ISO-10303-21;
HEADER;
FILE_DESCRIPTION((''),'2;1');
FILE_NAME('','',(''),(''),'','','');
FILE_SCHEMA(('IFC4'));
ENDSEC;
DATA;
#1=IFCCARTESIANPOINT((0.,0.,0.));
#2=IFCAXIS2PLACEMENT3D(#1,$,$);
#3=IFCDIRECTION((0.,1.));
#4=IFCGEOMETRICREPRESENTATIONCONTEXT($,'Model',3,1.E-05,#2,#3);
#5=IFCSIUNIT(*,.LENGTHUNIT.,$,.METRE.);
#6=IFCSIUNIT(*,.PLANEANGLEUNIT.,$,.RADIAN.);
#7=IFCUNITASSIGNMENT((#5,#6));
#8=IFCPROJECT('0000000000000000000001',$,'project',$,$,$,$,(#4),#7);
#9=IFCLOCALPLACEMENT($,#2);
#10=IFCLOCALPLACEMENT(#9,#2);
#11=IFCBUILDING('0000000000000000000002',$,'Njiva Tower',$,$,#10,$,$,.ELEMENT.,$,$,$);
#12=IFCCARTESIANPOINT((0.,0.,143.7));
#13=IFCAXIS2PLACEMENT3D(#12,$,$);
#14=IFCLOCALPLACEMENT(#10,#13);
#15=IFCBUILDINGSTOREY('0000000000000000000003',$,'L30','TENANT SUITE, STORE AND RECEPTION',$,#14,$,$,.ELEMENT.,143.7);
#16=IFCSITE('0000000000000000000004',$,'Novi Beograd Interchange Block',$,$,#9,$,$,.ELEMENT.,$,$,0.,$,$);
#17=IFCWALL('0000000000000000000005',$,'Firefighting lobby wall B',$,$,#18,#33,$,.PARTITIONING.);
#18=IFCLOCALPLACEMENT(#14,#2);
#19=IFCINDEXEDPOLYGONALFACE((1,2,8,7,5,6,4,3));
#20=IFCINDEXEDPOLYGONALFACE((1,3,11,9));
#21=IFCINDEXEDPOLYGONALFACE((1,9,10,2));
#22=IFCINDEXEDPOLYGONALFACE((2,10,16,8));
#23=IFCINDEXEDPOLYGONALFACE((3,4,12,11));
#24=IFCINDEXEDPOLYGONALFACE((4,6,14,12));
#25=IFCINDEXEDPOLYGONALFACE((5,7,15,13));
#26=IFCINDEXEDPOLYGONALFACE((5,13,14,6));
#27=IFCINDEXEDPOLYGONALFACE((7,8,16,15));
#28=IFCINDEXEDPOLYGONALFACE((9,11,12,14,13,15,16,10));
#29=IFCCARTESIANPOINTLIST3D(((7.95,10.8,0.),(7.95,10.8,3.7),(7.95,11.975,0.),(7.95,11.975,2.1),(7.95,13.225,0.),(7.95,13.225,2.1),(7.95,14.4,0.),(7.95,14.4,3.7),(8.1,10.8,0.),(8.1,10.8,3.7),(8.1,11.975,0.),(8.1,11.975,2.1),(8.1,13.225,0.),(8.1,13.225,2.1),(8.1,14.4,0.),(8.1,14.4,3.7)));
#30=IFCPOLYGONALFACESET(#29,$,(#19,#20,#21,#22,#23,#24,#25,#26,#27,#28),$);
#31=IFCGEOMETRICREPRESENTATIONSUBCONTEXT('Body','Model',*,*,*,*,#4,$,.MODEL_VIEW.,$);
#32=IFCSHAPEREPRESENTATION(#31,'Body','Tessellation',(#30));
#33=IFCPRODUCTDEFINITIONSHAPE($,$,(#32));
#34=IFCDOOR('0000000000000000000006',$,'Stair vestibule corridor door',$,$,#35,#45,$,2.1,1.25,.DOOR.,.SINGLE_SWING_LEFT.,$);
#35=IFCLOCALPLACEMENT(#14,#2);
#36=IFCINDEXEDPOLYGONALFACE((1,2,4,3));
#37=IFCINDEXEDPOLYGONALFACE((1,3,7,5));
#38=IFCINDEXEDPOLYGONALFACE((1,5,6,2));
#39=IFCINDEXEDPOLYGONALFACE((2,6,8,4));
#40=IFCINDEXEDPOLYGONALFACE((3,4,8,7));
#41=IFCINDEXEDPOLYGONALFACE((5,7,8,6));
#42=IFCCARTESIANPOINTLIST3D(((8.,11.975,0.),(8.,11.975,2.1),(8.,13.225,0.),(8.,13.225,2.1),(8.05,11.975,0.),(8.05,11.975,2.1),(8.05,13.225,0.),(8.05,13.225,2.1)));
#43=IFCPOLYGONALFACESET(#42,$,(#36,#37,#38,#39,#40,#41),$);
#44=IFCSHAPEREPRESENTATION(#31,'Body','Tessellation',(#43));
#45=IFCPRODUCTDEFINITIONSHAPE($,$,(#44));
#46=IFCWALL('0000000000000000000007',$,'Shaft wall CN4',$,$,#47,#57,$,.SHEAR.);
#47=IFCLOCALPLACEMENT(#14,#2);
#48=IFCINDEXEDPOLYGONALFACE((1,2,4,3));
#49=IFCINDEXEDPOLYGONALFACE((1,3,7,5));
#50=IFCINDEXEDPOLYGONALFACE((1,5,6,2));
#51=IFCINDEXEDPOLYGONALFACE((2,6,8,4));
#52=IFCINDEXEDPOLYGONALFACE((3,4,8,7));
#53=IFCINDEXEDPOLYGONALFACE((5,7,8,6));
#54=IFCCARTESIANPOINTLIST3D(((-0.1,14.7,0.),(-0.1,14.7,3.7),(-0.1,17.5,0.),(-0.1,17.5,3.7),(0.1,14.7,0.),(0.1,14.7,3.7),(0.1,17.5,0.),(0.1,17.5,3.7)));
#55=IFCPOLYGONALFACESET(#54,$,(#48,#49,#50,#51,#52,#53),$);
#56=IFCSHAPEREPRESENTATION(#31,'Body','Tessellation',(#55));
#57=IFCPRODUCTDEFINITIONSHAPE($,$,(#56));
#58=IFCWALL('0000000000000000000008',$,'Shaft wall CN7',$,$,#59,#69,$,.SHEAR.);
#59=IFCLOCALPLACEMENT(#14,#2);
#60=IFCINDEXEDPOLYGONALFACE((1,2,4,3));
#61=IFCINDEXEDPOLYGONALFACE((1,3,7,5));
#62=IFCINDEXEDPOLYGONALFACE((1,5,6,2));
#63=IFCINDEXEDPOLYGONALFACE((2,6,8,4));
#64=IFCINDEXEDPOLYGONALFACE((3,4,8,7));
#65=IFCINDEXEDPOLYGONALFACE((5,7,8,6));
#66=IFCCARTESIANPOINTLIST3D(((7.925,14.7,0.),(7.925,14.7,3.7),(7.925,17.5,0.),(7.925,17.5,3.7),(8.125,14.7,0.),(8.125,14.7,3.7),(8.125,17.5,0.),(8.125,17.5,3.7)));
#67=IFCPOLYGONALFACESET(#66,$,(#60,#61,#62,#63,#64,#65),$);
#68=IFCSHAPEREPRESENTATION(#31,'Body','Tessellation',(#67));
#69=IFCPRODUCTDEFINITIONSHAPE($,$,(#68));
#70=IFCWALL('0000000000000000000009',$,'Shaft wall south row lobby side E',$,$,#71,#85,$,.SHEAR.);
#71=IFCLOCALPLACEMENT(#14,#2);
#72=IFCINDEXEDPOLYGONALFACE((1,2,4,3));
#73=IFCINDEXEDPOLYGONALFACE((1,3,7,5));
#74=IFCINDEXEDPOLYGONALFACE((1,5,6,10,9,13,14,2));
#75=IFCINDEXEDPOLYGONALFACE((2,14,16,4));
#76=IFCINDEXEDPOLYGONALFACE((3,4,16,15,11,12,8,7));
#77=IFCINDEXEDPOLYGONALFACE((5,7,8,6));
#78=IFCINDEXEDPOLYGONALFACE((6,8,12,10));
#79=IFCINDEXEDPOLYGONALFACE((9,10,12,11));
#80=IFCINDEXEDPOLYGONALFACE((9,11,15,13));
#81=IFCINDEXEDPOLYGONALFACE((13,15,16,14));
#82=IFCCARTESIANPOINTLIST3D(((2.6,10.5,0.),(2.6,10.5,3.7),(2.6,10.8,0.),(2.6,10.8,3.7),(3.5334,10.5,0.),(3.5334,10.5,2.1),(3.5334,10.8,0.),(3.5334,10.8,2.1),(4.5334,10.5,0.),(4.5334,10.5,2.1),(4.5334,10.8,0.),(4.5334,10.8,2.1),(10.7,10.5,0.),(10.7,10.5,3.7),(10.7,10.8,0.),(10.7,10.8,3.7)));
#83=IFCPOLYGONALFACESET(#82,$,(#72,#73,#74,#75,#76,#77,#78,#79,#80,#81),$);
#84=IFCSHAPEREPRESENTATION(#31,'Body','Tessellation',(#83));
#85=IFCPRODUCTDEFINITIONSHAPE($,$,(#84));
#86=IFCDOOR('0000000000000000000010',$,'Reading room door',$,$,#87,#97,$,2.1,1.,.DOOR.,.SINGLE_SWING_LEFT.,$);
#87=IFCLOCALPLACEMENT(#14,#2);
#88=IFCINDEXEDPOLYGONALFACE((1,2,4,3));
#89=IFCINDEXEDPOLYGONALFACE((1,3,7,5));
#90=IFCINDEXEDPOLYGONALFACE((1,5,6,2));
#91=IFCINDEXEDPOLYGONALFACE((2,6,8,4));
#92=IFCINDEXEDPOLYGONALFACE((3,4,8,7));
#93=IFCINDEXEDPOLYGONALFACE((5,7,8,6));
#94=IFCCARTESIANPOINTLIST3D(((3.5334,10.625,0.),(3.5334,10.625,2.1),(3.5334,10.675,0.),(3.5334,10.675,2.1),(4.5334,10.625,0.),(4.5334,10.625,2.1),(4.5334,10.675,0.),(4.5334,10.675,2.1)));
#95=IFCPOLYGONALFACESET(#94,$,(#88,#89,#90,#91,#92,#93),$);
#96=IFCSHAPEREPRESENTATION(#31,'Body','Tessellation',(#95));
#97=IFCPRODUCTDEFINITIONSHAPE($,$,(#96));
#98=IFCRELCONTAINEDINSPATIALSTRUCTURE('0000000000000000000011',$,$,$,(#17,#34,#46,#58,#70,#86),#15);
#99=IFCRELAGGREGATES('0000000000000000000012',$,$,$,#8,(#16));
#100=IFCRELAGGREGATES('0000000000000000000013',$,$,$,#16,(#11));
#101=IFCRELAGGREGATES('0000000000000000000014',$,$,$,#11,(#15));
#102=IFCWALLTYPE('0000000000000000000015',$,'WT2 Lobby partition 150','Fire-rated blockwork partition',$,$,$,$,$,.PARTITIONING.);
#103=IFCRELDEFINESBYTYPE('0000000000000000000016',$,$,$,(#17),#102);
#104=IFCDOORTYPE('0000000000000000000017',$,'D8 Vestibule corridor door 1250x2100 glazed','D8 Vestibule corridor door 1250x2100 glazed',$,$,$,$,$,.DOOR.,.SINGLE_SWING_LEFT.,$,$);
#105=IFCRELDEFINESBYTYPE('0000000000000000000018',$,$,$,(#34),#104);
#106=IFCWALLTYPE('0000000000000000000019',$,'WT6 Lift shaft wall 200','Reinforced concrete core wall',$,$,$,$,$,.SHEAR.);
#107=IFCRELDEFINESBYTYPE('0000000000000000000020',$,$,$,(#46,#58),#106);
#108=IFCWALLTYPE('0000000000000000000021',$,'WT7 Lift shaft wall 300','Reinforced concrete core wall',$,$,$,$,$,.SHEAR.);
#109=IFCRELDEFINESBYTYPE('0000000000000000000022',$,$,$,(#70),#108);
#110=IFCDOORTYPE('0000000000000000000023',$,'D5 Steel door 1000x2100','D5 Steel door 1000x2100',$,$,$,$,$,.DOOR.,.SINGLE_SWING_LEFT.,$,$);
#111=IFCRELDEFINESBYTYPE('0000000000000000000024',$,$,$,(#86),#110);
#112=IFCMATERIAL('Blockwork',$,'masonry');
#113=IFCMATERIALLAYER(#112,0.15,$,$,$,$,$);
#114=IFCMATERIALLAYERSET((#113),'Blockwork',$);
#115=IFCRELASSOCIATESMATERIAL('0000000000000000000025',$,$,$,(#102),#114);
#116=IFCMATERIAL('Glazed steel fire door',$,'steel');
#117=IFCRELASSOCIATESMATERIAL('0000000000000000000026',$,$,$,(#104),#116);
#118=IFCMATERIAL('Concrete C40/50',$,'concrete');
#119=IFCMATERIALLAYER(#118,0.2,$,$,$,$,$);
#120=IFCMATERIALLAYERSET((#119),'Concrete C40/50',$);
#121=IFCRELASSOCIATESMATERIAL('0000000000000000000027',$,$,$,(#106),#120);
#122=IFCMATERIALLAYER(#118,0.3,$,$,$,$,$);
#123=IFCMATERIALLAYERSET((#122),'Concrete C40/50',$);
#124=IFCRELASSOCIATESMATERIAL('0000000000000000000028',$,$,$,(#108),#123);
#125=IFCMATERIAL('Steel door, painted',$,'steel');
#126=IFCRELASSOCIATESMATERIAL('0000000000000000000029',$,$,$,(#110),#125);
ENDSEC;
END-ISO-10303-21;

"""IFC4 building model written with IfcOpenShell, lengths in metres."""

from ifc_helpers import new_model, si_unit, direction, frame, frame_2d, origin, place, context, subcontext, project, spatial, rectangle, extrude, material, layer, layer_set, type_object, element, fill, save


model = new_model("IFC4")

# Units and contexts
model_context = context("Model", 3, precision=1e-05, world=origin(), true_north=direction((0.0, 1.0)))
body_context = subcontext(model_context, "Body", "Model", "MODEL_VIEW")
ifc_project = project(units=[si_unit("LENGTHUNIT", "METRE"), si_unit("PLANEANGLEUNIT", "RADIAN")], contexts=[model_context])

# Site, building, storey
site_placement = place(None, origin())
site = spatial("IfcSite", under=ifc_project, at=site_placement, Name="Novi Beograd Interchange Block", CompositionType="ELEMENT", RefElevation=0.0)
building_placement = place(site_placement, origin())
building = spatial("IfcBuilding", under=site, at=building_placement, Name="Njiva Tower", CompositionType="ELEMENT")
storey_placement = place(building_placement, frame((0.0, 0.0, 143.7)))
storey = spatial("IfcBuildingStorey", under=building, at=storey_placement, Name="L30", Description="TENANT SUITE, STORE AND RECEPTION", CompositionType="ELEMENT", Elevation=143.7)

# Shared definitions
ifc_material_1 = material(Name="Blockwork", Category="masonry")

# Wall, opening, door
ifc_material_2 = material(Name="Concrete C40/50", Category="concrete")
ifc_material_3 = material(Name="Glazed steel fire door", Category="steel")
ifc_layer_1 = layer(ifc_material_1, 0.15)
ifc_layer_set_1 = layer_set([ifc_layer_1], Name="Blockwork")
wall_type_1 = type_object("IfcWallType", Name="WT2 Lobby partition 150", Description="Fire-rated blockwork partition", PredefinedType="PARTITIONING", material=ifc_layer_set_1)
wall_1_placement = place(storey_placement, frame((8.025, 10.8, 0.0), z_axis=(0.0, 0.0, 1.0), x_axis=(0.0, 1.0, 0.0)))
wall_1 = element("IfcWall", 1, at=wall_1_placement, inside=storey, type_object=wall_type_1, Name="Firefighting lobby wall B", PredefinedType="PARTITIONING", context=body_context, shape_type="SweptSolid", body=[
    extrude(rectangle(XDim=3.6, YDim=0.15, at=frame_2d((1.8, 0.0))), origin(), (0.0, 0.0, 1.0), 3.7),
])
opening_1_placement = place(wall_1_placement, frame((1.175, 0.0, 0.0)))
opening_1 = element("IfcOpeningElement", 2, at=opening_1_placement, cuts=wall_1, PredefinedType="OPENING", context=body_context, shape_type="SweptSolid", body=[
    extrude(rectangle(XDim=1.25, YDim=2.1, at=frame_2d((0.625, 1.05))), frame((0.0, 0.085, 0.0), z_axis=(0.0, -1.0, 0.0), x_axis=(1.0, 0.0, 0.0)), (0.0, 0.0, 1.0), 0.17),
])
door_type_1 = type_object("IfcDoorType", Name="D8 Vestibule corridor door 1250x2100 glazed", Description="D8 Vestibule corridor door 1250x2100 glazed", OperationType="SINGLE_SWING_LEFT", PredefinedType="DOOR", material=ifc_material_3)
door_1_placement = place(opening_1_placement, origin())
door_1 = element("IfcDoor", 3, at=door_1_placement, inside=storey, type_object=door_type_1, Name="Stair vestibule corridor door", OperationType="SINGLE_SWING_LEFT", OverallHeight=2.1, OverallWidth=1.25, PredefinedType="DOOR", context=body_context, shape_type="SweptSolid", body=[
    extrude(rectangle(XDim=1.25, YDim=2.1, at=frame_2d((0.625, 1.05))), frame((0.0, 0.025, 0.0), z_axis=(0.0, -1.0, 0.0), x_axis=(1.0, 0.0, 0.0)), (0.0, 0.0, 1.0), 0.05),
])
fill(opening_1, door_1)

# Walls
ifc_layer_2 = layer(ifc_material_2, 0.2)
ifc_layer_set_2 = layer_set([ifc_layer_2], Name="Concrete C40/50")
wall_type_2 = type_object("IfcWallType", Name="WT6 Lift shaft wall 200", Description="Reinforced concrete core wall", PredefinedType="SHEAR", material=ifc_layer_set_2)
for number, where, z_axis, x_axis, name in (
    (4, (0.0, 14.7, 0.0), (0.0, 0.0, 1.0), (0.0, 1.0, 0.0), "Shaft wall CN4"),
    (5, (8.025, 14.7, 0.0), (0.0, 0.0, 1.0), (0.0, 1.0, 0.0), "Shaft wall CN7"),
):
    element("IfcWall", number, at=place(storey_placement, frame(where, z_axis=z_axis, x_axis=x_axis)), inside=storey, type_object=wall_type_2, Name=name, PredefinedType="SHEAR", context=body_context, shape_type="SweptSolid", body=[
        extrude(rectangle(XDim=2.8, YDim=0.2, at=frame_2d((1.4, 0.0))), origin(), (0.0, 0.0, 1.0), 3.7),
    ])

# Wall, opening, door
ifc_layer_3 = layer(ifc_material_2, 0.3)
ifc_layer_set_3 = layer_set([ifc_layer_3], Name="Concrete C40/50")
wall_type_3 = type_object("IfcWallType", Name="WT7 Lift shaft wall 300", Description="Reinforced concrete core wall", PredefinedType="SHEAR", material=ifc_layer_set_3)
wall_2_placement = place(storey_placement, frame((2.6, 10.65, 0.0), z_axis=(0.0, 0.0, 1.0), x_axis=(1.0, 0.0, 0.0)))
wall_2 = element("IfcWall", 6, at=wall_2_placement, inside=storey, type_object=wall_type_3, Name="Shaft wall south row lobby side E", PredefinedType="SHEAR", context=body_context, shape_type="SweptSolid", body=[
    extrude(rectangle(XDim=8.1, YDim=0.3, at=frame_2d((4.05, 0.0))), origin(), (0.0, 0.0, 1.0), 3.7),
])
opening_2_placement = place(wall_2_placement, frame((0.9334, 0.0, 0.0)))
opening_2 = element("IfcOpeningElement", 7, at=opening_2_placement, cuts=wall_2, PredefinedType="OPENING", context=body_context, shape_type="SweptSolid", body=[
    extrude(rectangle(XDim=1.0, YDim=2.1, at=frame_2d((0.5, 1.05))), frame((0.0, 0.16, 0.0), z_axis=(0.0, -1.0, 0.0), x_axis=(1.0, 0.0, 0.0)), (0.0, 0.0, 1.0), 0.32),
])
ifc_material_4 = material(Name="Steel door, painted", Category="steel")
door_type_2 = type_object("IfcDoorType", Name="D5 Steel door 1000x2100", Description="D5 Steel door 1000x2100", OperationType="SINGLE_SWING_LEFT", PredefinedType="DOOR", material=ifc_material_4)
door_2_placement = place(opening_2_placement, origin())
door_2 = element("IfcDoor", 8, at=door_2_placement, inside=storey, type_object=door_type_2, Name="Reading room door", OperationType="SINGLE_SWING_LEFT", OverallHeight=2.1, OverallWidth=1.0, PredefinedType="DOOR", context=body_context, shape_type="SweptSolid", body=[
    extrude(rectangle(XDim=1.0, YDim=2.1, at=frame_2d((0.5, 1.05))), frame((0.0, 0.025, 0.0), z_axis=(0.0, -1.0, 0.0), x_axis=(1.0, 0.0, 0.0)), (0.0, 0.0, 1.0), 0.05),
])
fill(opening_2, door_2)

save(model, "model.ifc")
